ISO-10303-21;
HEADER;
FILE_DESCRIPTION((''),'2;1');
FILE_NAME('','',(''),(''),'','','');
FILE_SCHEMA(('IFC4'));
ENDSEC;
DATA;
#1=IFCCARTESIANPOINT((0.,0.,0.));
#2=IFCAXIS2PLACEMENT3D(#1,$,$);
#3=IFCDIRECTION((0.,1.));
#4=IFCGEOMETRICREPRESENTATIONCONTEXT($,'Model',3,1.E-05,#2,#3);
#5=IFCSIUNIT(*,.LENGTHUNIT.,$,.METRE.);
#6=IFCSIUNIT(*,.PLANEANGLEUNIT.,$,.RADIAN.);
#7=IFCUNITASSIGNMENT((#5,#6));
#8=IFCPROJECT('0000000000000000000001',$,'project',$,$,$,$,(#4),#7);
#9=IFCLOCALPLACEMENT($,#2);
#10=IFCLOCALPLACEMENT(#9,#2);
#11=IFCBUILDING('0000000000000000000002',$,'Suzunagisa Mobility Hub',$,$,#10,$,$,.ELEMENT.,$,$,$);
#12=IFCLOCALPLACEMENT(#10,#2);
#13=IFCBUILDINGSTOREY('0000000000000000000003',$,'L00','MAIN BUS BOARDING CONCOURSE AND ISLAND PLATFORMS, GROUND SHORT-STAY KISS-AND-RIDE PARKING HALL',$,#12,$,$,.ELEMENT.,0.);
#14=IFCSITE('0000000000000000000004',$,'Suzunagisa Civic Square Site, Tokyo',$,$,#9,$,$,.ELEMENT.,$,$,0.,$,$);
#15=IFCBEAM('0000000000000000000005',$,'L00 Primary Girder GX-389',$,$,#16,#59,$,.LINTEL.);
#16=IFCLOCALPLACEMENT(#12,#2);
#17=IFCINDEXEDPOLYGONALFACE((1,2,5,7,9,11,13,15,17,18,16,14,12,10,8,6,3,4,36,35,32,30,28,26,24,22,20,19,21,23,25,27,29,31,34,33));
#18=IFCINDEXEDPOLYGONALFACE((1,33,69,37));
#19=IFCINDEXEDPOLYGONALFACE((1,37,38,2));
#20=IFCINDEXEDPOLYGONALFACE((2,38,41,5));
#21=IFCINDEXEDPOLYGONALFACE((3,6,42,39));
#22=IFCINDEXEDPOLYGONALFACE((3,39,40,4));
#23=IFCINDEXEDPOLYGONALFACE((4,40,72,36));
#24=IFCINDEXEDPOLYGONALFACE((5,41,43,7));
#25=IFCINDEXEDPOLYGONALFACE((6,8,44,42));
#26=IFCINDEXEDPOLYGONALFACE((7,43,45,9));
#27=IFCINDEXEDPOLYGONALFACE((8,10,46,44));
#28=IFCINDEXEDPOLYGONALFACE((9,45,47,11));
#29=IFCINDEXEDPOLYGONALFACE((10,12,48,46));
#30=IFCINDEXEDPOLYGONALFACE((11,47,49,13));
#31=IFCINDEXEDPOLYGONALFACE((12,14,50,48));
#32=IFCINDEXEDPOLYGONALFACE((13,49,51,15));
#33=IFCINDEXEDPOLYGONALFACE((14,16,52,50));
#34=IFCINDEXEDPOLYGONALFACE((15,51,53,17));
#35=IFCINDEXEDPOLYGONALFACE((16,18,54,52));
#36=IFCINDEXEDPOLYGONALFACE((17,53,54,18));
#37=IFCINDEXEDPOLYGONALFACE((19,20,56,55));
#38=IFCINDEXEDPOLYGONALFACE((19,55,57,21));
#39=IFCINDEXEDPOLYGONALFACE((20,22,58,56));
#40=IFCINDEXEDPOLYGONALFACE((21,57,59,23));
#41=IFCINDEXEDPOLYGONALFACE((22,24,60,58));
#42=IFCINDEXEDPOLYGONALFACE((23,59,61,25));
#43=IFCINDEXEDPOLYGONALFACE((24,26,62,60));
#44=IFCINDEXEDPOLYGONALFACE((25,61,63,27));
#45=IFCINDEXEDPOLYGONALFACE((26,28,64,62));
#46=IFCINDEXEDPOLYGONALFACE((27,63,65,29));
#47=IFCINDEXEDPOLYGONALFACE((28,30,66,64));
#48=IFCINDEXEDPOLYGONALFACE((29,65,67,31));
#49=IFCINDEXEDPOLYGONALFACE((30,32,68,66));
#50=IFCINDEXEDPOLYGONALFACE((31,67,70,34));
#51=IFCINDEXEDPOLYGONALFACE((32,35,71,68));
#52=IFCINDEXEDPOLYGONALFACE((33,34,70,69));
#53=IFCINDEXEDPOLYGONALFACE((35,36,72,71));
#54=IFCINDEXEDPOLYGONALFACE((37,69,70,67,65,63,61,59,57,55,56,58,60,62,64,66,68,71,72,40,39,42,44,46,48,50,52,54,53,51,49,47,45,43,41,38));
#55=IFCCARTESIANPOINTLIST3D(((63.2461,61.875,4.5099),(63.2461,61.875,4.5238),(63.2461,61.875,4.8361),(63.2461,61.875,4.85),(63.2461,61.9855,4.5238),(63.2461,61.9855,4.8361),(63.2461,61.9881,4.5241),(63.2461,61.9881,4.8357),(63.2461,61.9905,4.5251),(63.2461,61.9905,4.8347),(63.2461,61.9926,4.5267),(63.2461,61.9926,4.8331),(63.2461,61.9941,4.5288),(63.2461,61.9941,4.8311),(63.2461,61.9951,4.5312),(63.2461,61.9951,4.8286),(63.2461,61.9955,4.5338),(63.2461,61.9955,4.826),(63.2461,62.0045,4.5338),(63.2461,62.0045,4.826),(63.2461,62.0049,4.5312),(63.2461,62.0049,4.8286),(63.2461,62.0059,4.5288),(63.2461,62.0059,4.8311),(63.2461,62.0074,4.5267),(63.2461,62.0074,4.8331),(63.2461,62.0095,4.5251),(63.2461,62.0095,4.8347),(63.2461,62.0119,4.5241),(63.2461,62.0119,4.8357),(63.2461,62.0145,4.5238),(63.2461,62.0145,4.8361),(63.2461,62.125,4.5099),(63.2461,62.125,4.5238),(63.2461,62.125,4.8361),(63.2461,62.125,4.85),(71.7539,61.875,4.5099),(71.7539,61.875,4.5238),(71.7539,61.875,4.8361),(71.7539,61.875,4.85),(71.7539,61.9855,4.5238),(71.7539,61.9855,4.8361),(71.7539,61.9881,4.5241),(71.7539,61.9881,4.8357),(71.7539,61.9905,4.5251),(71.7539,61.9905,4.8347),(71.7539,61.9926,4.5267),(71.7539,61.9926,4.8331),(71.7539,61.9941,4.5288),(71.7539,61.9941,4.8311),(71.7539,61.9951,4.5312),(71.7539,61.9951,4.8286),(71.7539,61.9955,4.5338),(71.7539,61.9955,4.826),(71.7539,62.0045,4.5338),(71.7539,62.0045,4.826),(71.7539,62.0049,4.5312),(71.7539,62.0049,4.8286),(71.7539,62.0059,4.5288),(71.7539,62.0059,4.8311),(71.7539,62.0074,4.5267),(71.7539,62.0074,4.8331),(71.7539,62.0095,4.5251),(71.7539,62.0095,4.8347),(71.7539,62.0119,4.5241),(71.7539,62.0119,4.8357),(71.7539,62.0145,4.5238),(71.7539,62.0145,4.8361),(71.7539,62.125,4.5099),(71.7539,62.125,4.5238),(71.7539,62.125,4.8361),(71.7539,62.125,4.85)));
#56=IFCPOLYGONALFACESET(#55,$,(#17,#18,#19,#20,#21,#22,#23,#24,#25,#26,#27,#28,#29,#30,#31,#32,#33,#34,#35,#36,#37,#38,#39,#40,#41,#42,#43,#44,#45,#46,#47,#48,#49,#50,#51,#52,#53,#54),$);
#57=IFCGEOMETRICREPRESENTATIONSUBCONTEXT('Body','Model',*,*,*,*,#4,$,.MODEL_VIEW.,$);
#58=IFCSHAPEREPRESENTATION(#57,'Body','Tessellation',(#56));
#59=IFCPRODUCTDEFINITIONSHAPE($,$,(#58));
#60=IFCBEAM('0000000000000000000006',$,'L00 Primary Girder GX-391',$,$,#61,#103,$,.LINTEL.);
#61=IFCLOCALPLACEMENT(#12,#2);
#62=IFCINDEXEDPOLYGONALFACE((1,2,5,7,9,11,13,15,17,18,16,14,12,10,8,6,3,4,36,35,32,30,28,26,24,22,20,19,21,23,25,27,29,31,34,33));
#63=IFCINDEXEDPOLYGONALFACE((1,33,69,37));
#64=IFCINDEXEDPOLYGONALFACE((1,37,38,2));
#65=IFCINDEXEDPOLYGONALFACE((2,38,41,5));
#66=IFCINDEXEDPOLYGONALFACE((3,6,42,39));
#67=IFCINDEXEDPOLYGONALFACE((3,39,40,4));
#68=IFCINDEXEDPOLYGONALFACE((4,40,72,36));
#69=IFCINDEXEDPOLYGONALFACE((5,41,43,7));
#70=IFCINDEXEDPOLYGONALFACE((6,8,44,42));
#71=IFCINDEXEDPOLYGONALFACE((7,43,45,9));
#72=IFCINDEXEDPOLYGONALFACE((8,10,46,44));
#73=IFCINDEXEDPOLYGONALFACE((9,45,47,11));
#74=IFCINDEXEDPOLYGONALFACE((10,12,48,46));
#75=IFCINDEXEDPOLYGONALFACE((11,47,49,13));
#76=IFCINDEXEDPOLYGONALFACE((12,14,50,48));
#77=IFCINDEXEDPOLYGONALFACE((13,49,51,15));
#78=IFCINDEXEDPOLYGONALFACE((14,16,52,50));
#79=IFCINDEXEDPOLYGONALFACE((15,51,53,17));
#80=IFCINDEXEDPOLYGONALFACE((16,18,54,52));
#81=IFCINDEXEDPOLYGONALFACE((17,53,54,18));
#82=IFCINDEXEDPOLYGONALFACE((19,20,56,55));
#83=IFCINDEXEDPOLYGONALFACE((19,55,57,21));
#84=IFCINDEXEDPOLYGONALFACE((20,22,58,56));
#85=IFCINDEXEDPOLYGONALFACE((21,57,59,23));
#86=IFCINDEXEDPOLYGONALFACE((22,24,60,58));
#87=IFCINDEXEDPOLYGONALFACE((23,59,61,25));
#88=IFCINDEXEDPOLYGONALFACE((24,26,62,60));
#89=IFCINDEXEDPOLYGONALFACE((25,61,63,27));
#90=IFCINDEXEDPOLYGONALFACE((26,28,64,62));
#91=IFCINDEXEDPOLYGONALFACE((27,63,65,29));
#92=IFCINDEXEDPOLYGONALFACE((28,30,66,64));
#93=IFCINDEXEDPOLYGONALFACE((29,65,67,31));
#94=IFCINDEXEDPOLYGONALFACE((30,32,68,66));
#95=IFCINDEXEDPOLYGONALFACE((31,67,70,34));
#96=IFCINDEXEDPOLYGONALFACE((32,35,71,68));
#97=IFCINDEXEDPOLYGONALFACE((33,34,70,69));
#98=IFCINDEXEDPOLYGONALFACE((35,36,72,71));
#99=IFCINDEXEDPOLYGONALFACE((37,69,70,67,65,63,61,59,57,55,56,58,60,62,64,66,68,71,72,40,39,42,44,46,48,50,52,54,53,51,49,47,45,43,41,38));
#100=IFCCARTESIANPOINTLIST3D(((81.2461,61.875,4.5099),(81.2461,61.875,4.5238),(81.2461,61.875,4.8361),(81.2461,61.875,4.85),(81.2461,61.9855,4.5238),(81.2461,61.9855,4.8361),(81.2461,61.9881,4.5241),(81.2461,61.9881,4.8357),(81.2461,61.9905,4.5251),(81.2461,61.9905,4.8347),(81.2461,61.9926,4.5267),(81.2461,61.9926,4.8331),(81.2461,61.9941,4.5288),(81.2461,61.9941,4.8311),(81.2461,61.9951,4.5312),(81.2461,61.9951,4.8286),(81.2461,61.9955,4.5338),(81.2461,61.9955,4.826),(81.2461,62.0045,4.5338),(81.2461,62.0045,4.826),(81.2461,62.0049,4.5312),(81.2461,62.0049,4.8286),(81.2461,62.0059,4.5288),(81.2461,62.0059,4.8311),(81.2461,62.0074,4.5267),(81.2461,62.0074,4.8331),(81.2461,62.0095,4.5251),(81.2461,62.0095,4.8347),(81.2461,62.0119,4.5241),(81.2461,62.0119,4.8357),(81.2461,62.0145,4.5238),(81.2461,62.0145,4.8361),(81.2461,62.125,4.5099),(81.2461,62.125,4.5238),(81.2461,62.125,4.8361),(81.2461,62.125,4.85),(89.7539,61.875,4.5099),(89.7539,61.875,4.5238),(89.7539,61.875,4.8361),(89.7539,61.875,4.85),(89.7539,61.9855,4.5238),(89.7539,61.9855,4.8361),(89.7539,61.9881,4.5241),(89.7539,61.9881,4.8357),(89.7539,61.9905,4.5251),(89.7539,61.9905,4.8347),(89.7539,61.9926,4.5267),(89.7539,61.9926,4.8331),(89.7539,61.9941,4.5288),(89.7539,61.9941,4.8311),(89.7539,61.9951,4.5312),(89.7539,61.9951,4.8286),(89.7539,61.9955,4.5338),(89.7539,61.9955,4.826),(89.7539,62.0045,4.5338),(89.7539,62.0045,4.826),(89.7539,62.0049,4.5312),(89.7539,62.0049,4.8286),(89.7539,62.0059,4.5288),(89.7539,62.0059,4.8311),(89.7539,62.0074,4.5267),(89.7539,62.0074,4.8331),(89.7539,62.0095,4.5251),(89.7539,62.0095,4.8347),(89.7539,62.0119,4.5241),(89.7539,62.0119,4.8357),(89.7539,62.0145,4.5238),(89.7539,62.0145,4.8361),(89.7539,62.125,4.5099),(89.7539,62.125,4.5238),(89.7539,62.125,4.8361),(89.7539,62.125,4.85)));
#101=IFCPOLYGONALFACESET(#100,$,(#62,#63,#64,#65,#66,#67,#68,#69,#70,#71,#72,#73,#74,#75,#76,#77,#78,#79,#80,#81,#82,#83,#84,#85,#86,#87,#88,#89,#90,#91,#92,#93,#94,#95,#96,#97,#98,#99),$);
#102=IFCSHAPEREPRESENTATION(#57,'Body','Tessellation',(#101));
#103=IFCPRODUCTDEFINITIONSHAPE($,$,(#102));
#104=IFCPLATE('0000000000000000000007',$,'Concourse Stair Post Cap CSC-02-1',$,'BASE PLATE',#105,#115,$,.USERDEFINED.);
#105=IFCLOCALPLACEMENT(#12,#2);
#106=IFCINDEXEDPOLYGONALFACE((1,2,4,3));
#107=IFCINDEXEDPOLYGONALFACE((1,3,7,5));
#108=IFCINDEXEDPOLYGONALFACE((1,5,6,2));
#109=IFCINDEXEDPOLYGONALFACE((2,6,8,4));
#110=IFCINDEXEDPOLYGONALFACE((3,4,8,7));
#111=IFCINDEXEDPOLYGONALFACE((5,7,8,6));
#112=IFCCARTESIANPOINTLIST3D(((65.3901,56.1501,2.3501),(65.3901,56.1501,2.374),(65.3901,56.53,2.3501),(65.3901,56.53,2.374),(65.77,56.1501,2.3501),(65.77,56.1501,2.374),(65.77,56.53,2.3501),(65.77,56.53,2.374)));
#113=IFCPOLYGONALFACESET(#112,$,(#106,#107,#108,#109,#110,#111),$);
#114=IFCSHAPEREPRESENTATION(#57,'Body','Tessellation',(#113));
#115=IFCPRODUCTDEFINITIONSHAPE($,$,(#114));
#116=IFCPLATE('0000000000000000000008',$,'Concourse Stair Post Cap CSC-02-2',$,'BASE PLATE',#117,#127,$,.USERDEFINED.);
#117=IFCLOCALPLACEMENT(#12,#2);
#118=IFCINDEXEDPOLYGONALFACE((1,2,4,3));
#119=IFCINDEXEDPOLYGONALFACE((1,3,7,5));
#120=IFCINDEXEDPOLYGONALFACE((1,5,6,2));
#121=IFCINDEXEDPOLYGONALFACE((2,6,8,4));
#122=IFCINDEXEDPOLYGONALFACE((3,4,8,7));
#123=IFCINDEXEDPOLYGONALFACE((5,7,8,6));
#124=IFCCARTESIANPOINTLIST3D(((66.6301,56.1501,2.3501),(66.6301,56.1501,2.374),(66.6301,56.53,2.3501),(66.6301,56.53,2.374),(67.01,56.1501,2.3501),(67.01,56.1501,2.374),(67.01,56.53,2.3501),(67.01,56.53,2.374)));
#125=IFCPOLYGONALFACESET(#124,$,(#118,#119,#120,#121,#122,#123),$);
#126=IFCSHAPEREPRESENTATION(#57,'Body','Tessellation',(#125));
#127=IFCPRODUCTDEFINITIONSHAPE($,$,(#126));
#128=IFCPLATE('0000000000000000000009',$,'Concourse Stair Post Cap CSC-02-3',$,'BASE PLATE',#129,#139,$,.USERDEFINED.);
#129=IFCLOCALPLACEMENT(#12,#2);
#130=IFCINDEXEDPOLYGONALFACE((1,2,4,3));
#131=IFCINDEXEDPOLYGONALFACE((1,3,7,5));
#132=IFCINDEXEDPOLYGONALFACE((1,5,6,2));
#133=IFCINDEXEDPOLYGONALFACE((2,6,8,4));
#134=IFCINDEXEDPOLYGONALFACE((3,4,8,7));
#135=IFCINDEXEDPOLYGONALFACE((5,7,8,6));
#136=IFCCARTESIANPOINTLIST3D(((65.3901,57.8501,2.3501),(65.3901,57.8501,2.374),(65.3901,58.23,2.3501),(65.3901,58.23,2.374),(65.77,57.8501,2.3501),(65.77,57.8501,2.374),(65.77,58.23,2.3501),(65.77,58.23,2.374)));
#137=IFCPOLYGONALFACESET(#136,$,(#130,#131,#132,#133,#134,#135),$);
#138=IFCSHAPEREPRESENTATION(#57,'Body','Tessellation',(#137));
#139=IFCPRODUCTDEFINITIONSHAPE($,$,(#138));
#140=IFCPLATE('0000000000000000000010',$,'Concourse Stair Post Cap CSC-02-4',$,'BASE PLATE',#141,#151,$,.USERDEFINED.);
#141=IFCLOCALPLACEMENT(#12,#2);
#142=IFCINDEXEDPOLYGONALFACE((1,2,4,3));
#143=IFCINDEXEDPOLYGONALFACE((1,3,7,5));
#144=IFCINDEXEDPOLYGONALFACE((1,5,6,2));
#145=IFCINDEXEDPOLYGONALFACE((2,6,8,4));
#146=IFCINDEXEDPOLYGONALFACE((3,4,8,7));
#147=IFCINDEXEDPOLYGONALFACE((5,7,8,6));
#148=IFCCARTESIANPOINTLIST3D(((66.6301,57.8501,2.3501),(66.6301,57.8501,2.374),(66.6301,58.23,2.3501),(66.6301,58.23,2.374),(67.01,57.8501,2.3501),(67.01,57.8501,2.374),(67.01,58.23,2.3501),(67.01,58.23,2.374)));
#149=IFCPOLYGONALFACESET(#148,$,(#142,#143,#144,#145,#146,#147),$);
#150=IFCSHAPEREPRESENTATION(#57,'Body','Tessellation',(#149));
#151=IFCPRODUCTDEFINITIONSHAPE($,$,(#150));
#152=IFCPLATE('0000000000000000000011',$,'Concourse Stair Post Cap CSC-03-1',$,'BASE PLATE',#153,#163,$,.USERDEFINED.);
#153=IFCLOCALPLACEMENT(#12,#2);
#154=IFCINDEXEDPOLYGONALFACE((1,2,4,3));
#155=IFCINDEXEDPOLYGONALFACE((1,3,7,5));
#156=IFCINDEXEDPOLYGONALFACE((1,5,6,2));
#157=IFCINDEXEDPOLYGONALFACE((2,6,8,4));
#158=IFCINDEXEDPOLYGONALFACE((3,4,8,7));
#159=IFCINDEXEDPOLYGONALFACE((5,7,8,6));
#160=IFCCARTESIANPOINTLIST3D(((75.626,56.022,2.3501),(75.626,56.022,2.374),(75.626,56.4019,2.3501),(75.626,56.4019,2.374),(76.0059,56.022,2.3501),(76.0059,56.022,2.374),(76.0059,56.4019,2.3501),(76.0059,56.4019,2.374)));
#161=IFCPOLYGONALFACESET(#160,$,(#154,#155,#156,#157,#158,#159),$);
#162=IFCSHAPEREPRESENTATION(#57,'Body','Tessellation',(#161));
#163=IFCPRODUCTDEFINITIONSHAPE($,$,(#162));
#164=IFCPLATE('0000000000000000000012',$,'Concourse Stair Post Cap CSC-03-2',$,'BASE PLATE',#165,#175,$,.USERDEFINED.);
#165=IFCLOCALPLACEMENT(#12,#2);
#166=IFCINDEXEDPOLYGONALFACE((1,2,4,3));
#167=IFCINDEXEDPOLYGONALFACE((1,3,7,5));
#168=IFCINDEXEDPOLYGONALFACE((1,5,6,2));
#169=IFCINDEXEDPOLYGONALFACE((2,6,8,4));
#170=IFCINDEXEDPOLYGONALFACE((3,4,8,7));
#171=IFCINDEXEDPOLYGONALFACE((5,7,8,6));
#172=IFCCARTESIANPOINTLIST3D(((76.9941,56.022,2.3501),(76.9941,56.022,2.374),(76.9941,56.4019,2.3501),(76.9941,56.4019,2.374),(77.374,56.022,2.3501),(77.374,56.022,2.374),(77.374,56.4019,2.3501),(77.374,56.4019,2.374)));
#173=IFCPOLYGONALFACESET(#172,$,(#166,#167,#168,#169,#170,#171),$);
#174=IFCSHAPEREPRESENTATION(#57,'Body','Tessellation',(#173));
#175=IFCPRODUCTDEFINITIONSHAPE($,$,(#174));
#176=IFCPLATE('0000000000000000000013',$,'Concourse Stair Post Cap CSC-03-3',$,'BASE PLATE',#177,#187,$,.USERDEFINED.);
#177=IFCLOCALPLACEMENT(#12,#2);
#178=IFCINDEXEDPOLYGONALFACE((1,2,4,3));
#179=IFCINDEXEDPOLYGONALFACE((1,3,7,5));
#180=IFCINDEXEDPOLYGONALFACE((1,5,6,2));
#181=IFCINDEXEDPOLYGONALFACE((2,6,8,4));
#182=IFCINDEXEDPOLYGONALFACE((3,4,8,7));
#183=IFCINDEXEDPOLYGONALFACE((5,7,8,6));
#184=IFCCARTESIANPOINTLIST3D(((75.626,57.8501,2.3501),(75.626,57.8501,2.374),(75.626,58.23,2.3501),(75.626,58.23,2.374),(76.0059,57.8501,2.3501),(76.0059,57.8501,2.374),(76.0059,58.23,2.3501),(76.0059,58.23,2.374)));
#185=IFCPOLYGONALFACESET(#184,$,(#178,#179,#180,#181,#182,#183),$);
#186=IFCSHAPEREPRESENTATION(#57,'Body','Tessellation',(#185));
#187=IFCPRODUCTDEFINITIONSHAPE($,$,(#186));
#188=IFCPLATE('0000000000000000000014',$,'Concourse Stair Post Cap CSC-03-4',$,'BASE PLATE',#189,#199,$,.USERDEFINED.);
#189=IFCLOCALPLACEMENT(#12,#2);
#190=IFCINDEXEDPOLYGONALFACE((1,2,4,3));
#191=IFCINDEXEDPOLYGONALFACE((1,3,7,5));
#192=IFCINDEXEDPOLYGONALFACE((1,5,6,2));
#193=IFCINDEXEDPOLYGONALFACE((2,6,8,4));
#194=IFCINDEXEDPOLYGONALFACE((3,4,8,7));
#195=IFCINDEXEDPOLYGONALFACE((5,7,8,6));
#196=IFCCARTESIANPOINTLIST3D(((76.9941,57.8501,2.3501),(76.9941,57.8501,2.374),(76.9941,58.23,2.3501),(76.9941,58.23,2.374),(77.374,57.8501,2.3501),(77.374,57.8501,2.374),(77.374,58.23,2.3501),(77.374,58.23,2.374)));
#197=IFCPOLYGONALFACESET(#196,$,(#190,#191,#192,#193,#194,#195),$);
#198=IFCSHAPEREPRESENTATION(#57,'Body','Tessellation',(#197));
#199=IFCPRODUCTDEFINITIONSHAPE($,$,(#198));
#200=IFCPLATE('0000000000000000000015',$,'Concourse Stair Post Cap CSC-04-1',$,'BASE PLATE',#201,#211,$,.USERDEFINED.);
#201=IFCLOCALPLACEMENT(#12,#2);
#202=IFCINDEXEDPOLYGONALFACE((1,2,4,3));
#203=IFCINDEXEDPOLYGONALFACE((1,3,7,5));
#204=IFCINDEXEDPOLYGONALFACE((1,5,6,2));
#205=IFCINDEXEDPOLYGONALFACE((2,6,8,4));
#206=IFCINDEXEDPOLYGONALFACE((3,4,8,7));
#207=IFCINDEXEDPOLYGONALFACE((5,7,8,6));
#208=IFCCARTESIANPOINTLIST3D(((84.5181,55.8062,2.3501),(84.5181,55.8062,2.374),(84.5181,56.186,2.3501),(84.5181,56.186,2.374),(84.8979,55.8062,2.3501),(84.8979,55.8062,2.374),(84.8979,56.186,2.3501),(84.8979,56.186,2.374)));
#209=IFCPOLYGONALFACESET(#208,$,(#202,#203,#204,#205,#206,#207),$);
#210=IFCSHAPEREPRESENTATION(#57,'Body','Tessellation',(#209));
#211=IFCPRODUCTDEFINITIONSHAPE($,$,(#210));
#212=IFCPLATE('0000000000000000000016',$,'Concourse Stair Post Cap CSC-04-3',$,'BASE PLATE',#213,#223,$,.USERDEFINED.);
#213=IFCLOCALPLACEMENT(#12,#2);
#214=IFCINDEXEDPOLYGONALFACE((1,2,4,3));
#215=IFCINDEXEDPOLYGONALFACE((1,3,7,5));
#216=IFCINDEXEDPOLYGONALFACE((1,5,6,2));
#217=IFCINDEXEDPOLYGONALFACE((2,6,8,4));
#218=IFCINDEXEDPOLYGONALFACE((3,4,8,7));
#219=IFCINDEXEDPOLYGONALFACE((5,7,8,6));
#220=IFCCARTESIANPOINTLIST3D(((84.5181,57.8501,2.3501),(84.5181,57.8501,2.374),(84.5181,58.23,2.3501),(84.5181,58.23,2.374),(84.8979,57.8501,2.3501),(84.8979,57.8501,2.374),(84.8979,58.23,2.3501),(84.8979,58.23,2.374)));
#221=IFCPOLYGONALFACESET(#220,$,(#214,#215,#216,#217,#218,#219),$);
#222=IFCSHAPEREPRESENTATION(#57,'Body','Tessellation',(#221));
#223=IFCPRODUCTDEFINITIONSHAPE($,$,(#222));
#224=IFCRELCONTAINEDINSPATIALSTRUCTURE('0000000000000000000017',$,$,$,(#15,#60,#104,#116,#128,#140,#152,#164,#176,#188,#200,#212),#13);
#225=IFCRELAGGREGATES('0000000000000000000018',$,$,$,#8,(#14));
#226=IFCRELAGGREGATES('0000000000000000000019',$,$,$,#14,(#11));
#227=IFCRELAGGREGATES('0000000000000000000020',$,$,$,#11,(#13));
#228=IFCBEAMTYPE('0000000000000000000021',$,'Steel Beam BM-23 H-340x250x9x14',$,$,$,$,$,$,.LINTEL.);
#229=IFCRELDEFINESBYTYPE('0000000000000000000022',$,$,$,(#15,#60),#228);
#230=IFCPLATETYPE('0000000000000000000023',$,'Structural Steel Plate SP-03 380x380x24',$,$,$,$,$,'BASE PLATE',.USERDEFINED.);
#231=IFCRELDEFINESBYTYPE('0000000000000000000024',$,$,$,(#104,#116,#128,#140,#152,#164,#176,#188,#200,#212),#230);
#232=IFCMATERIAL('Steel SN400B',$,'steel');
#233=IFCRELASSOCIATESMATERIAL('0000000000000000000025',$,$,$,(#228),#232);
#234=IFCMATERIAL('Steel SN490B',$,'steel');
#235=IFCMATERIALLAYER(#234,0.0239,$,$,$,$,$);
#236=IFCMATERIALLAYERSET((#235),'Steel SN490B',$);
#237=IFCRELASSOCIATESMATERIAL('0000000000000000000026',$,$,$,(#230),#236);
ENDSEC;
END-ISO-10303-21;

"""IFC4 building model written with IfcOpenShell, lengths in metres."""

from ifc_helpers import new_model, si_unit, direction, frame, origin, origin_2d, place, context, subcontext, project, spatial, rectangle, i_section, extrude, material, layer, layer_set, material_profile, profile_set, type_object, element, save


model = new_model("IFC4")

# Units and contexts
model_context = context("Model", 3, precision=1e-05, world=origin(), true_north=direction((0.0, 1.0)))
body_context = subcontext(model_context, "Body", "Model", "MODEL_VIEW")
ifc_project = project(units=[si_unit("LENGTHUNIT", "METRE"), si_unit("PLANEANGLEUNIT", "RADIAN")], contexts=[model_context])

# Site, building, storey
site_placement = place(None, origin())
site = spatial("IfcSite", under=ifc_project, at=site_placement, Name="Suzunagisa Civic Square Site, Tokyo", CompositionType="ELEMENT", RefElevation=0.0)
building_placement = place(site_placement, origin())
building = spatial("IfcBuilding", under=site, at=building_placement, Name="Suzunagisa Mobility Hub", CompositionType="ELEMENT")
storey_placement = place(building_placement, origin())
storey = spatial("IfcBuildingStorey", under=building, at=storey_placement, Name="L00", Description="MAIN BUS BOARDING CONCOURSE AND ISLAND PLATFORMS, GROUND SHORT-STAY KISS-AND-RIDE PARKING HALL", CompositionType="ELEMENT", Elevation=0.0)

# Shared definitions
ifc_material_1 = material(Name="Steel SN490B", Category="steel")

# Beams
ifc_material_2 = material(Name="Steel SN400B", Category="steel")
ifc_material_profile_1 = material_profile(ifc_material_2, i_section(OverallWidth=0.25, OverallDepth=0.3401, WebThickness=0.009, FlangeThickness=0.0139, FilletRadius=0.01, at=origin_2d()), Name="H-340x250x9x14")
ifc_profile_set_1 = profile_set([ifc_material_profile_1], Name="Steel SN400B")
beam_type_1 = type_object("IfcBeamType", Name="Steel Beam BM-23 H-340x250x9x14", PredefinedType="LINTEL", material=ifc_profile_set_1)
for number, where, z_axis, x_axis, name in (
    (1, (63.2461, 62.0, 4.6799), (1.0, 0.0, 0.0), (0.0, 1.0, 0.0), "L00 Primary Girder GX-389"),
    (2, (81.2461, 62.0, 4.6799), (1.0, 0.0, 0.0), (0.0, 1.0, 0.0), "L00 Primary Girder GX-391"),
):
    element("IfcBeam", number, at=place(storey_placement, frame(where, z_axis=z_axis, x_axis=x_axis)), inside=storey, type_object=beam_type_1, Name=name, PredefinedType="LINTEL", context=body_context, shape_type="SweptSolid", body=[
        extrude(i_section(OverallWidth=0.25, OverallDepth=0.3401, WebThickness=0.009, FlangeThickness=0.0139, FilletRadius=0.01, at=origin_2d()), origin(), (0.0, 0.0, 1.0), 8.5078),
    ])

# Plates
ifc_layer_1 = layer(ifc_material_1, 0.0239)
ifc_layer_set_1 = layer_set([ifc_layer_1], Name="Steel SN490B")
plate_type_1 = type_object("IfcPlateType", Name="Structural Steel Plate SP-03 380x380x24", ElementType="BASE PLATE", PredefinedType="USERDEFINED", material=ifc_layer_set_1)
for number, where, z_axis, x_axis, name in (
    (3, (65.5801, 56.3401, 2.3501), (0.0, 0.0, 1.0), (1.0, 0.0, 0.0), "Concourse Stair Post Cap CSC-02-1"),
    (4, (66.8201, 56.3401, 2.3501), (0.0, 0.0, 1.0), (1.0, 0.0, 0.0), "Concourse Stair Post Cap CSC-02-2"),
    (5, (65.5801, 58.04, 2.3501), (0.0, 0.0, 1.0), (1.0, 0.0, 0.0), "Concourse Stair Post Cap CSC-02-3"),
    (6, (66.8201, 58.04, 2.3501), (0.0, 0.0, 1.0), (1.0, 0.0, 0.0), "Concourse Stair Post Cap CSC-02-4"),
    (7, (75.8159, 56.2119, 2.3501), (0.0, 0.0, 1.0), (1.0, 0.0, 0.0), "Concourse Stair Post Cap CSC-03-1"),
    (8, (77.1841, 56.2119, 2.3501), (0.0, 0.0, 1.0), (1.0, 0.0, 0.0), "Concourse Stair Post Cap CSC-03-2"),
    (9, (75.8159, 58.04, 2.3501), (0.0, 0.0, 1.0), (1.0, 0.0, 0.0), "Concourse Stair Post Cap CSC-03-3"),
    (10, (77.1841, 58.04, 2.3501), (0.0, 0.0, 1.0), (1.0, 0.0, 0.0), "Concourse Stair Post Cap CSC-03-4"),
    (11, (84.708, 55.9961, 2.3501), (0.0, 0.0, 1.0), (1.0, 0.0, 0.0), "Concourse Stair Post Cap CSC-04-1"),
    (12, (84.708, 58.04, 2.3501), (0.0, 0.0, 1.0), (1.0, 0.0, 0.0), "Concourse Stair Post Cap CSC-04-3"),
):
    element("IfcPlate", number, at=place(storey_placement, frame(where, z_axis=z_axis, x_axis=x_axis)), inside=storey, type_object=plate_type_1, Name=name, ObjectType="BASE PLATE", PredefinedType="USERDEFINED", context=body_context, shape_type="SweptSolid", body=[
        extrude(rectangle(XDim=0.3799, YDim=0.3799, at=origin_2d()), origin(), (0.0, 0.0, 1.0), 0.0239),
    ])

save(model, "model.ifc")
